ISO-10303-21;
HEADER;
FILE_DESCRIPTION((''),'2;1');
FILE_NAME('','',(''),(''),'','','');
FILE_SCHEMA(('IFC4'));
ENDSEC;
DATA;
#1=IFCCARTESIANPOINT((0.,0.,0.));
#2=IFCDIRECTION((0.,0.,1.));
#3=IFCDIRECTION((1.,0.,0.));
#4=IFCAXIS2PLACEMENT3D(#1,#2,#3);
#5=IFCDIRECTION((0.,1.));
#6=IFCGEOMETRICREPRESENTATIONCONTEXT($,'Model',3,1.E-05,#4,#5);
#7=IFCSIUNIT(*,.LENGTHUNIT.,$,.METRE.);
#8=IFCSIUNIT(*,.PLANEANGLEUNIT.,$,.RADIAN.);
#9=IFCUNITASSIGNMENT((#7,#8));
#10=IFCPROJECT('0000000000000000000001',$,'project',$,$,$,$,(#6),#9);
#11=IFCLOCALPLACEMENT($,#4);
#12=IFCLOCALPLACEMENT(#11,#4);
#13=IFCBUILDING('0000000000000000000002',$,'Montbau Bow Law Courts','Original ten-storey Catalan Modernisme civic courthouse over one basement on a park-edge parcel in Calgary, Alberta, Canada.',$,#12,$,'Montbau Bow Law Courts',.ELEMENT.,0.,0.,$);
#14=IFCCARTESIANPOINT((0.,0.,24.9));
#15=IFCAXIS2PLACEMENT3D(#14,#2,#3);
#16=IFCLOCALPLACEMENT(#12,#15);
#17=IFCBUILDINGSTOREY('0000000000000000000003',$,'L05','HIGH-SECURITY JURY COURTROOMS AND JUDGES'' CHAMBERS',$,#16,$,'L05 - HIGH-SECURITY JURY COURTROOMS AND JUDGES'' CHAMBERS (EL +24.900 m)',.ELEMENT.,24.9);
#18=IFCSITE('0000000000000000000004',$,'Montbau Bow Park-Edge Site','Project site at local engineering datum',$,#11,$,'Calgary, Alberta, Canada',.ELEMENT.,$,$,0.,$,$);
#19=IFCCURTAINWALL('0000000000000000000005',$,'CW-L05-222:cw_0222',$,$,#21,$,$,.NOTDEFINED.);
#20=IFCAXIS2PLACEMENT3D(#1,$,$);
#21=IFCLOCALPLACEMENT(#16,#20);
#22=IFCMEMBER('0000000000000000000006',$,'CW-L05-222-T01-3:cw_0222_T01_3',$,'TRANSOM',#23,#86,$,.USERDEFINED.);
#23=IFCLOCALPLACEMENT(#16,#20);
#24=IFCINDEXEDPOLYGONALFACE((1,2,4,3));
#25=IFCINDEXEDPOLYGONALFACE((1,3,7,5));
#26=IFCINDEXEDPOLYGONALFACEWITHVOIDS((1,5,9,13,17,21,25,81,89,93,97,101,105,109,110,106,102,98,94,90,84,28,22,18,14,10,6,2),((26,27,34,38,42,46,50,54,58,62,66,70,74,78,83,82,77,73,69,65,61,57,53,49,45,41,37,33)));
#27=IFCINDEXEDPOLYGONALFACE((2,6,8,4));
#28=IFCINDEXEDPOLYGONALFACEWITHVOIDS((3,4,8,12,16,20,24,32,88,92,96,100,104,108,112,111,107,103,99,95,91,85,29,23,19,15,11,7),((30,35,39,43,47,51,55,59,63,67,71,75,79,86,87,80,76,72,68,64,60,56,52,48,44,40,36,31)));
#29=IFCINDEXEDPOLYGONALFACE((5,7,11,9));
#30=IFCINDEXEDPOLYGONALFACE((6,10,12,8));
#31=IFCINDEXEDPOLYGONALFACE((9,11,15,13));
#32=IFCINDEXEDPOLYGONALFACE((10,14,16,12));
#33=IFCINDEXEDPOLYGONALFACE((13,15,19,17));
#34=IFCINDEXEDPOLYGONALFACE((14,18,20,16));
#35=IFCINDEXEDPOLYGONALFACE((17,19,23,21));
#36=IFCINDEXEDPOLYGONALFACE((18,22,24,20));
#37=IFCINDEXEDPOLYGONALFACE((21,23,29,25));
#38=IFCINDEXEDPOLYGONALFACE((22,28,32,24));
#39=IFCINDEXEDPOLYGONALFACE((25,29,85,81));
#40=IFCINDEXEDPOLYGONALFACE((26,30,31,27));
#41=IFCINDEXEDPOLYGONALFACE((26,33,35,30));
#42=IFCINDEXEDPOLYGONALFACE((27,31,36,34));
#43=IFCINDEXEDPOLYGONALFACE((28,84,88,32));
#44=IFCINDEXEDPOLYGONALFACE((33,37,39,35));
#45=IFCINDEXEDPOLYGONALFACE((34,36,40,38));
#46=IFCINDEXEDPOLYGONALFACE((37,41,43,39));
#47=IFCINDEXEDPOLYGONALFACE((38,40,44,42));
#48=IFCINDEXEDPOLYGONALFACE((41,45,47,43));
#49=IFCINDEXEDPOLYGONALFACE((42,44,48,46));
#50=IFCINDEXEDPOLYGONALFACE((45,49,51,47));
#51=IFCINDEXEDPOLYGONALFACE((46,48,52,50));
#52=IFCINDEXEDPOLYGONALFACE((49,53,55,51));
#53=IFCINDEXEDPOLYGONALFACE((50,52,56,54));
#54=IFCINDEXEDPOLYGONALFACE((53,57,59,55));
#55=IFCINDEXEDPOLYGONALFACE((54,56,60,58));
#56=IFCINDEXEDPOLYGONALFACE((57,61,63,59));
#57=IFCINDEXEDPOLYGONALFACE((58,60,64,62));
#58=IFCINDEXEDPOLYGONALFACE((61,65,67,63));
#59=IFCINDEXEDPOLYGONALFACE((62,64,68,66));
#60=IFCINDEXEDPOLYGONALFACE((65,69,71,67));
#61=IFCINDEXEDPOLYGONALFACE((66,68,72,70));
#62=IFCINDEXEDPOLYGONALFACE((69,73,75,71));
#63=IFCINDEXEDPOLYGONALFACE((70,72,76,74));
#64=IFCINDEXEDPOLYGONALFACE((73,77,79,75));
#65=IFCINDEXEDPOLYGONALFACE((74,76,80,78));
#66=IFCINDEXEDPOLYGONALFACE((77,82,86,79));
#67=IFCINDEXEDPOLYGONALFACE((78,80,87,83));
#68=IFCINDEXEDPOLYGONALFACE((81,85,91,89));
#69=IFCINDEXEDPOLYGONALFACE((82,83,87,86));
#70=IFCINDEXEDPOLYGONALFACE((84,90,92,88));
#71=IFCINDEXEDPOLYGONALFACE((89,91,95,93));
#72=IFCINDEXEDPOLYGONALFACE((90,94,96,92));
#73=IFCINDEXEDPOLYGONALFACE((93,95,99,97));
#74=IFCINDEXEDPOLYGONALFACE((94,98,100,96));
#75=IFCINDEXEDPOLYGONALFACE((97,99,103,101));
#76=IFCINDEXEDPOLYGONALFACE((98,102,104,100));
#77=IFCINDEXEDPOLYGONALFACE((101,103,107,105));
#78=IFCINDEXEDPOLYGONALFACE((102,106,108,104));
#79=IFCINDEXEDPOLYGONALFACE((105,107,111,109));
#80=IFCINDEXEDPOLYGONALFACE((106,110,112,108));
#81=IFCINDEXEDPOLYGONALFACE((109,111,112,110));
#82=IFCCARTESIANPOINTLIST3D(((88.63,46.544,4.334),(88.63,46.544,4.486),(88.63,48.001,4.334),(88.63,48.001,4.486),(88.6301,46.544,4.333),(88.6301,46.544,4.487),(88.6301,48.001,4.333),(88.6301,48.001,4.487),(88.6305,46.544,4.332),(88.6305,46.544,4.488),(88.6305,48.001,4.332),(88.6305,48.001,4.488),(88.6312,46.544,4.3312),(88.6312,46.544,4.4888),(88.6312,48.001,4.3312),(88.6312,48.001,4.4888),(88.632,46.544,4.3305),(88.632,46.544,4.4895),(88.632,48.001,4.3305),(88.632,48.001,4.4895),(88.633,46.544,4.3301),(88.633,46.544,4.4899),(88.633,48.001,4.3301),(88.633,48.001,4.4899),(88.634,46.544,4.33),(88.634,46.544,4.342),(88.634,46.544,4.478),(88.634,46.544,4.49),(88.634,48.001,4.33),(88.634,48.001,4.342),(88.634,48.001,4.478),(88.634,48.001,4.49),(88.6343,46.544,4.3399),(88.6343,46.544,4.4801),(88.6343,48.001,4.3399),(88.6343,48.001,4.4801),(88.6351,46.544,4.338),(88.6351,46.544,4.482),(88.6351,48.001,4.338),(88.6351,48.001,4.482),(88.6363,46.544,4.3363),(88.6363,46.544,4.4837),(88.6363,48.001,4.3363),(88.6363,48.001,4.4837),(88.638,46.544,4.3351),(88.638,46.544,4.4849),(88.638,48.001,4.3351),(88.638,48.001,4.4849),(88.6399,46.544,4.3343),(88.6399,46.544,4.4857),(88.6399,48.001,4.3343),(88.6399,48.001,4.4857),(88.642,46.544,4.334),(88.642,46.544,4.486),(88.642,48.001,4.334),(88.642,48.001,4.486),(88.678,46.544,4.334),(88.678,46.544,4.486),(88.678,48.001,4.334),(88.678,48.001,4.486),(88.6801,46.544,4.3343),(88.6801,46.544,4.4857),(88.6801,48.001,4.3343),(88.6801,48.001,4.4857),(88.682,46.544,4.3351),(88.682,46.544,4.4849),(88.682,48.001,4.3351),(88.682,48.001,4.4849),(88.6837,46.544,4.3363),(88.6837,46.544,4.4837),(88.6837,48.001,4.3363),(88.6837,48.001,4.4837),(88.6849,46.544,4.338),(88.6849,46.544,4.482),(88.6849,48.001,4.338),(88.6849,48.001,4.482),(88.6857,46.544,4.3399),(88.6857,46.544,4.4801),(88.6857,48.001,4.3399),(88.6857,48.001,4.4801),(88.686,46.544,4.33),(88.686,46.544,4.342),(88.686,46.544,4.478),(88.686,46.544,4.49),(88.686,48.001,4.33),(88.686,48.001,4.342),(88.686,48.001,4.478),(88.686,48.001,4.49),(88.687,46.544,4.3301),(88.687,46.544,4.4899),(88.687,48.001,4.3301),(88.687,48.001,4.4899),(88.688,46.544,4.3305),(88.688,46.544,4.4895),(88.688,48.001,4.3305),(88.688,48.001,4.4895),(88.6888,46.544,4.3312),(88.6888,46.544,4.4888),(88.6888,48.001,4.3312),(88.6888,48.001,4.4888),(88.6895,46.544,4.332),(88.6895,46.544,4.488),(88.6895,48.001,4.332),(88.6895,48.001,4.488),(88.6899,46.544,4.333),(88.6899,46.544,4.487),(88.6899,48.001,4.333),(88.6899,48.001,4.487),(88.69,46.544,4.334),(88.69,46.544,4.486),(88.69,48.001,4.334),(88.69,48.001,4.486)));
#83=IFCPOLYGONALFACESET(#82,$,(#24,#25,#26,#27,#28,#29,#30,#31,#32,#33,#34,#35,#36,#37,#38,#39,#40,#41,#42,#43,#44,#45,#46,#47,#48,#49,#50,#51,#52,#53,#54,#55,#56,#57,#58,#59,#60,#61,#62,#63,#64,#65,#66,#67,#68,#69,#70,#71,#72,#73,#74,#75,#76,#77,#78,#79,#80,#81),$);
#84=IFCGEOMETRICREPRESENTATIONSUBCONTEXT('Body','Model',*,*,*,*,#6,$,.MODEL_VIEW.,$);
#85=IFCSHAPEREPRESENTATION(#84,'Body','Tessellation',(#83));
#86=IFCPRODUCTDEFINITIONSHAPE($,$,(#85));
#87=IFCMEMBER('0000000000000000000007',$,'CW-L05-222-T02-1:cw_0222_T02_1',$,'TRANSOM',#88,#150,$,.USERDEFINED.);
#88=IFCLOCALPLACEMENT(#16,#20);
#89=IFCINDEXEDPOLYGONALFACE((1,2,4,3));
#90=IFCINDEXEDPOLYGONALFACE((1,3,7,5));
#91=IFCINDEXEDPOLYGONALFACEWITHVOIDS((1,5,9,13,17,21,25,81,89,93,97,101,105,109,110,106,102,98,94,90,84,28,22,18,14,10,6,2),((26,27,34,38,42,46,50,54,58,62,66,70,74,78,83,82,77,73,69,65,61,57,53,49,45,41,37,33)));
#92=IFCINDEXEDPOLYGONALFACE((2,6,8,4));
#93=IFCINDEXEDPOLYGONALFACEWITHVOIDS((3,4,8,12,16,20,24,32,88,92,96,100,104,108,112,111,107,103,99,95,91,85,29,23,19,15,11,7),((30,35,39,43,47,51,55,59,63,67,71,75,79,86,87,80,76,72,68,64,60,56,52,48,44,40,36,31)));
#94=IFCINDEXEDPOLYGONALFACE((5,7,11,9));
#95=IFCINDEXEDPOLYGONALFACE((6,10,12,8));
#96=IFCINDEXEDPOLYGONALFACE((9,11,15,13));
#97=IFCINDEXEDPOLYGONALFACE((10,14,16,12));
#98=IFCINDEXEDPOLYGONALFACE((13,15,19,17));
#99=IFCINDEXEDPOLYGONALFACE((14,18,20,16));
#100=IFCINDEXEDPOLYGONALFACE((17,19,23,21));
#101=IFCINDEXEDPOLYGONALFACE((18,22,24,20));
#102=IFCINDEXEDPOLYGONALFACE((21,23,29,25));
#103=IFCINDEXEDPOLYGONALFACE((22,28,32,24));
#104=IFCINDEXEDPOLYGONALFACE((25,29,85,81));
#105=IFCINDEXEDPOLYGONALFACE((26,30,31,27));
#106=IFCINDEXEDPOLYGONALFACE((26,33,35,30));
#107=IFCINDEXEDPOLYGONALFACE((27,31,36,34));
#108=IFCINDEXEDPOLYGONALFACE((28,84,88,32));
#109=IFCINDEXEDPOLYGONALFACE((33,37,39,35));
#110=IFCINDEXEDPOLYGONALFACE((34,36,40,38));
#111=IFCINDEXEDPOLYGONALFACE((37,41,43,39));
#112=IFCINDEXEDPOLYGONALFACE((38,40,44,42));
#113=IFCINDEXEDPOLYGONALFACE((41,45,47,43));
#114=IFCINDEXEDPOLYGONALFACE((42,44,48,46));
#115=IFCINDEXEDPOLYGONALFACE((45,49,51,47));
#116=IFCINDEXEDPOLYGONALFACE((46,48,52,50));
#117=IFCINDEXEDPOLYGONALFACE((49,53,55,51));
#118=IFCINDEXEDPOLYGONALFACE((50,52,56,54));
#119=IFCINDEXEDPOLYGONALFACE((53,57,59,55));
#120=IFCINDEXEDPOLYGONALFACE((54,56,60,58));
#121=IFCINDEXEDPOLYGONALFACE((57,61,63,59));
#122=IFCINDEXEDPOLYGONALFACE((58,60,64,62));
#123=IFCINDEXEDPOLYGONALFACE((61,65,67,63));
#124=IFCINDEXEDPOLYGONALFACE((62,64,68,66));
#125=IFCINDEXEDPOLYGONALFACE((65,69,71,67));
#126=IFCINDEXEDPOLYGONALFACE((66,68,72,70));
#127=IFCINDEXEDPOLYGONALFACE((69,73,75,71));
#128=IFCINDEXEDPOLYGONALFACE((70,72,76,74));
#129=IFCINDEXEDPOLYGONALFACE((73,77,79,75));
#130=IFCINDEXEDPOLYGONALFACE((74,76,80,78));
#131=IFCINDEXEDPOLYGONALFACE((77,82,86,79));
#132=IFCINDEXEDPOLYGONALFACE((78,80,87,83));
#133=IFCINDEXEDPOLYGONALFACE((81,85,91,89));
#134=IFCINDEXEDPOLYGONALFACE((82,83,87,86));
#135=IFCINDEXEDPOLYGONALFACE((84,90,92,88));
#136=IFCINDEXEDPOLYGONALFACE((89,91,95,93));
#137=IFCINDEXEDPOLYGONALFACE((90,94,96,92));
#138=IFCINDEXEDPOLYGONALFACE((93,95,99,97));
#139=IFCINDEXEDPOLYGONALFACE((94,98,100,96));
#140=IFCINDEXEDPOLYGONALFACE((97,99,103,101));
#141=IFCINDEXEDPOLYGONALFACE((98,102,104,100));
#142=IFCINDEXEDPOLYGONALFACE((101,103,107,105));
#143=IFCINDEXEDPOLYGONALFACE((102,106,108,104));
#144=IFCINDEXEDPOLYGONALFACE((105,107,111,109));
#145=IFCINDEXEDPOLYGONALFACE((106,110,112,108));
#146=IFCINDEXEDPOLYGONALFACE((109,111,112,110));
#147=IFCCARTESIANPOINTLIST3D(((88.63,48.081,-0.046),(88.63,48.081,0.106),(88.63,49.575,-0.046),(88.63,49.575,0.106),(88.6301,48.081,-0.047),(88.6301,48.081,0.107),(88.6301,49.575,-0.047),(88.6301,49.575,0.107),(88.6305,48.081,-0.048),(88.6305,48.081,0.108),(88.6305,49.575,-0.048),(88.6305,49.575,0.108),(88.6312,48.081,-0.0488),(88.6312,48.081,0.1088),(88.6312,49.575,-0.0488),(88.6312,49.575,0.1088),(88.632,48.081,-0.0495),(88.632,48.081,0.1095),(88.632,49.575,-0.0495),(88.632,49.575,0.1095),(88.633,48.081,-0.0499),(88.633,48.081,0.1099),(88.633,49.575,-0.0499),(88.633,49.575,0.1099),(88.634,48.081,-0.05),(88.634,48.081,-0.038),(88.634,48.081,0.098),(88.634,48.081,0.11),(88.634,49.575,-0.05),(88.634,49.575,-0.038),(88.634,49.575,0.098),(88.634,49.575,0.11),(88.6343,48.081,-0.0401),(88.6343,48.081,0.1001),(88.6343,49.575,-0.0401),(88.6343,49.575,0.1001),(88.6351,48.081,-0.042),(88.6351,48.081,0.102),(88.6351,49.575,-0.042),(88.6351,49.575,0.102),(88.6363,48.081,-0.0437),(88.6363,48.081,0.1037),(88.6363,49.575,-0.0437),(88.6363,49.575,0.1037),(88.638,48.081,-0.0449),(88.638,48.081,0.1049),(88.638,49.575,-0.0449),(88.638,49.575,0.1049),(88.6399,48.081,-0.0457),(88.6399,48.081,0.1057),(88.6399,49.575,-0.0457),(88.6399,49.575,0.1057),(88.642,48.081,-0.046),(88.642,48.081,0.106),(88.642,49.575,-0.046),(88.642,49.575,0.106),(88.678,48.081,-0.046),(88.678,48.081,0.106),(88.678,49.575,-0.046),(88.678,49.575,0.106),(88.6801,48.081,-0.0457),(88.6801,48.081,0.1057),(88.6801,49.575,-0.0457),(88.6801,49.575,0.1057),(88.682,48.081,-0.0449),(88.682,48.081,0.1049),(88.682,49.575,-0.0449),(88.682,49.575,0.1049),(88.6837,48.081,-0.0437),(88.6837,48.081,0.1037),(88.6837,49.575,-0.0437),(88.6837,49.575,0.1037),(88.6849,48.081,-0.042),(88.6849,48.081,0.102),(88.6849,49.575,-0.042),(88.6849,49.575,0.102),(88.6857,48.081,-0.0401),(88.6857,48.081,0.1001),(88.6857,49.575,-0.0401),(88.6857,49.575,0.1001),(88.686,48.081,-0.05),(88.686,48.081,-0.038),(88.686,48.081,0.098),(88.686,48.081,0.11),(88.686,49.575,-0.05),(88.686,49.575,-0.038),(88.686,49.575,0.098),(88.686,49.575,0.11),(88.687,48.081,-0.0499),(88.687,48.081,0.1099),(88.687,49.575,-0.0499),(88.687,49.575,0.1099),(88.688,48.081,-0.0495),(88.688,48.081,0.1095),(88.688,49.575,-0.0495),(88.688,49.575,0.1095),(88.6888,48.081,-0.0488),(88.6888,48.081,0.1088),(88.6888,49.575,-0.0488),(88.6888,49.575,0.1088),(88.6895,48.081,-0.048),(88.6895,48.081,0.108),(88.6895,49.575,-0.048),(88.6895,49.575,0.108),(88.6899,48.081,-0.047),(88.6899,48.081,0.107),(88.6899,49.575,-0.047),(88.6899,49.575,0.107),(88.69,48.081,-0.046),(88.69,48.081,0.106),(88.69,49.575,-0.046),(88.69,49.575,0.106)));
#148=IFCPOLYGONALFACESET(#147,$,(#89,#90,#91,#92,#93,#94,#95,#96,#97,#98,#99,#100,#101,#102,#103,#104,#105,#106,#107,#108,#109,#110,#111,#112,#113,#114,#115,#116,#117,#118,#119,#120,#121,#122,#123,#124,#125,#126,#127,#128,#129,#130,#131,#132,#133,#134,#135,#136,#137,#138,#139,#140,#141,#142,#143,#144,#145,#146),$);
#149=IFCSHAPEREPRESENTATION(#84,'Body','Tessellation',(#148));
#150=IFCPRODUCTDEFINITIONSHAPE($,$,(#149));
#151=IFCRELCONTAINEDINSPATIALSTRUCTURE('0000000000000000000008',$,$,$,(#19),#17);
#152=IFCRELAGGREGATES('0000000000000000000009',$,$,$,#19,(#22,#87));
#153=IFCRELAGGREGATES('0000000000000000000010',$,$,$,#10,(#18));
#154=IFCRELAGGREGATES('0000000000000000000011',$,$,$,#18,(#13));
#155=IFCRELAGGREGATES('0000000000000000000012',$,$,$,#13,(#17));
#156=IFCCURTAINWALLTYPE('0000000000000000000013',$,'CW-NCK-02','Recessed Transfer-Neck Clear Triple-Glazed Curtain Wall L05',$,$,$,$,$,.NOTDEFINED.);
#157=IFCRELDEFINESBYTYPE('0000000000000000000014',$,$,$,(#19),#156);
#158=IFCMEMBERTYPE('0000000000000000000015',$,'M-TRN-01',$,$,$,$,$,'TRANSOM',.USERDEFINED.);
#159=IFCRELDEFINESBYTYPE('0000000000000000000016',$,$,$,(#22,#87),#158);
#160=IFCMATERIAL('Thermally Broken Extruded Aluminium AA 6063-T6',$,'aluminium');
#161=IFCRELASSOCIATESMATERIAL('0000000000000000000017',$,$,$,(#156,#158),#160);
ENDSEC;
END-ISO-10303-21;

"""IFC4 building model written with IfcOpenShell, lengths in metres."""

from ifc_helpers import new_model, si_unit, direction, frame, origin_with_axes, origin_2d_with_axis, place, context, subcontext, project, spatial, hollow_rectangle, extrude, material, material_profile, profile_set, type_object, element, aggregate, save


model = new_model("IFC4")

# Units and contexts
model_context = context("Model", 3, precision=1e-05, world=origin_with_axes(), true_north=direction((0.0, 1.0)))
body_context = subcontext(model_context, "Body", "Model", "MODEL_VIEW")
ifc_project = project(units=[si_unit("LENGTHUNIT", "METRE"), si_unit("PLANEANGLEUNIT", "RADIAN")], contexts=[model_context])

# Site, building, storey
site_placement = place(None, origin_with_axes())
site = spatial("IfcSite", under=ifc_project, at=site_placement, Name="Montbau Bow Park-Edge Site", Description="Project site at local engineering datum", LongName="Calgary, Alberta, Canada", CompositionType="ELEMENT", RefElevation=0.0)
building_placement = place(site_placement, origin_with_axes())
building = spatial("IfcBuilding", under=site, at=building_placement, Name="Montbau Bow Law Courts", Description="Original ten-storey Catalan Modernisme civic courthouse over one basement on a park-edge parcel in Calgary, Alberta, Canada.", LongName="Montbau Bow Law Courts", CompositionType="ELEMENT", ElevationOfRefHeight=0.0, ElevationOfTerrain=0.0)
storey_placement = place(building_placement, frame((0.0, 0.0, 24.9), z_axis=(0.0, 0.0, 1.0), x_axis=(1.0, 0.0, 0.0)))
storey = spatial("IfcBuildingStorey", under=building, at=storey_placement, Name="L05", Description="HIGH-SECURITY JURY COURTROOMS AND JUDGES' CHAMBERS", LongName="L05 - HIGH-SECURITY JURY COURTROOMS AND JUDGES' CHAMBERS (EL +24.900 m)", CompositionType="ELEMENT", Elevation=24.9)

# Curtain wall
ifc_material_1 = material(Name="Thermally Broken Extruded Aluminium AA 6063-T6", Category="aluminium")
curtain_wall_type = type_object("IfcCurtainWallType", Name="CW-NCK-02", Description="Recessed Transfer-Neck Clear Triple-Glazed Curtain Wall L05", PredefinedType="NOTDEFINED", material=ifc_material_1)
curtain_wall_1_placement = place(None, frame((88.66, 46.468, 24.9), z_axis=(0.0, 0.0, 1.0), x_axis=(1.0, 0.0, 0.0)))
curtain_wall_1 = element("IfcCurtainWall", 1, at=curtain_wall_1_placement, inside=storey, type_object=curtain_wall_type, Name="CW-L05-222:cw_0222", PredefinedType="NOTDEFINED")

# Members
ifc_material_profile_1 = material_profile(ifc_material_1, hollow_rectangle(XDim=0.06, YDim=0.16, WallThickness=0.004, InnerFilletRadius=0.008, OuterFilletRadius=0.004, at=origin_2d_with_axis()), Name="CWT-160X60", Category="Main", Priority=0)
ifc_profile_set_1 = profile_set([ifc_material_profile_1], Name="Thermally Broken Extruded Aluminium AA 6063-T6")
member_type_1 = type_object("IfcMemberType", Name="M-TRN-01", ElementType="TRANSOM", PredefinedType="USERDEFINED", material=ifc_profile_set_1)
member_1_placement = place(None, frame((88.66, 46.544, 29.31), z_axis=(0.0, 1.0, 0.0), x_axis=(-1.0, 0.0, 0.0)))
member_1 = element("IfcMember", 2, at=member_1_placement, type_object=member_type_1, Name="CW-L05-222-T01-3:cw_0222_T01_3", ObjectType="TRANSOM", PredefinedType="USERDEFINED", context=body_context, shape_type="SweptSolid", body=[
    extrude(hollow_rectangle(XDim=0.06, YDim=0.16, WallThickness=0.004, InnerFilletRadius=0.008, OuterFilletRadius=0.004, at=origin_2d_with_axis()), origin_with_axes(), (0.0, 0.0, 1.0), 1.457),
])
member_2_placement = place(None, frame((88.66, 48.081, 24.93), z_axis=(0.0, 1.0, 0.0), x_axis=(-1.0, 0.0, 0.0)))
member_2 = element("IfcMember", 3, at=member_2_placement, type_object=member_type_1, Name="CW-L05-222-T02-1:cw_0222_T02_1", ObjectType="TRANSOM", PredefinedType="USERDEFINED", context=body_context, shape_type="SweptSolid", body=[
    extrude(hollow_rectangle(XDim=0.06, YDim=0.16, WallThickness=0.004, InnerFilletRadius=0.008, OuterFilletRadius=0.004, at=origin_2d_with_axis()), origin_with_axes(), (0.0, 0.0, 1.0), 1.494),
])

aggregate(curtain_wall_1, [member_1, member_2])

save(model, "model.ifc")
